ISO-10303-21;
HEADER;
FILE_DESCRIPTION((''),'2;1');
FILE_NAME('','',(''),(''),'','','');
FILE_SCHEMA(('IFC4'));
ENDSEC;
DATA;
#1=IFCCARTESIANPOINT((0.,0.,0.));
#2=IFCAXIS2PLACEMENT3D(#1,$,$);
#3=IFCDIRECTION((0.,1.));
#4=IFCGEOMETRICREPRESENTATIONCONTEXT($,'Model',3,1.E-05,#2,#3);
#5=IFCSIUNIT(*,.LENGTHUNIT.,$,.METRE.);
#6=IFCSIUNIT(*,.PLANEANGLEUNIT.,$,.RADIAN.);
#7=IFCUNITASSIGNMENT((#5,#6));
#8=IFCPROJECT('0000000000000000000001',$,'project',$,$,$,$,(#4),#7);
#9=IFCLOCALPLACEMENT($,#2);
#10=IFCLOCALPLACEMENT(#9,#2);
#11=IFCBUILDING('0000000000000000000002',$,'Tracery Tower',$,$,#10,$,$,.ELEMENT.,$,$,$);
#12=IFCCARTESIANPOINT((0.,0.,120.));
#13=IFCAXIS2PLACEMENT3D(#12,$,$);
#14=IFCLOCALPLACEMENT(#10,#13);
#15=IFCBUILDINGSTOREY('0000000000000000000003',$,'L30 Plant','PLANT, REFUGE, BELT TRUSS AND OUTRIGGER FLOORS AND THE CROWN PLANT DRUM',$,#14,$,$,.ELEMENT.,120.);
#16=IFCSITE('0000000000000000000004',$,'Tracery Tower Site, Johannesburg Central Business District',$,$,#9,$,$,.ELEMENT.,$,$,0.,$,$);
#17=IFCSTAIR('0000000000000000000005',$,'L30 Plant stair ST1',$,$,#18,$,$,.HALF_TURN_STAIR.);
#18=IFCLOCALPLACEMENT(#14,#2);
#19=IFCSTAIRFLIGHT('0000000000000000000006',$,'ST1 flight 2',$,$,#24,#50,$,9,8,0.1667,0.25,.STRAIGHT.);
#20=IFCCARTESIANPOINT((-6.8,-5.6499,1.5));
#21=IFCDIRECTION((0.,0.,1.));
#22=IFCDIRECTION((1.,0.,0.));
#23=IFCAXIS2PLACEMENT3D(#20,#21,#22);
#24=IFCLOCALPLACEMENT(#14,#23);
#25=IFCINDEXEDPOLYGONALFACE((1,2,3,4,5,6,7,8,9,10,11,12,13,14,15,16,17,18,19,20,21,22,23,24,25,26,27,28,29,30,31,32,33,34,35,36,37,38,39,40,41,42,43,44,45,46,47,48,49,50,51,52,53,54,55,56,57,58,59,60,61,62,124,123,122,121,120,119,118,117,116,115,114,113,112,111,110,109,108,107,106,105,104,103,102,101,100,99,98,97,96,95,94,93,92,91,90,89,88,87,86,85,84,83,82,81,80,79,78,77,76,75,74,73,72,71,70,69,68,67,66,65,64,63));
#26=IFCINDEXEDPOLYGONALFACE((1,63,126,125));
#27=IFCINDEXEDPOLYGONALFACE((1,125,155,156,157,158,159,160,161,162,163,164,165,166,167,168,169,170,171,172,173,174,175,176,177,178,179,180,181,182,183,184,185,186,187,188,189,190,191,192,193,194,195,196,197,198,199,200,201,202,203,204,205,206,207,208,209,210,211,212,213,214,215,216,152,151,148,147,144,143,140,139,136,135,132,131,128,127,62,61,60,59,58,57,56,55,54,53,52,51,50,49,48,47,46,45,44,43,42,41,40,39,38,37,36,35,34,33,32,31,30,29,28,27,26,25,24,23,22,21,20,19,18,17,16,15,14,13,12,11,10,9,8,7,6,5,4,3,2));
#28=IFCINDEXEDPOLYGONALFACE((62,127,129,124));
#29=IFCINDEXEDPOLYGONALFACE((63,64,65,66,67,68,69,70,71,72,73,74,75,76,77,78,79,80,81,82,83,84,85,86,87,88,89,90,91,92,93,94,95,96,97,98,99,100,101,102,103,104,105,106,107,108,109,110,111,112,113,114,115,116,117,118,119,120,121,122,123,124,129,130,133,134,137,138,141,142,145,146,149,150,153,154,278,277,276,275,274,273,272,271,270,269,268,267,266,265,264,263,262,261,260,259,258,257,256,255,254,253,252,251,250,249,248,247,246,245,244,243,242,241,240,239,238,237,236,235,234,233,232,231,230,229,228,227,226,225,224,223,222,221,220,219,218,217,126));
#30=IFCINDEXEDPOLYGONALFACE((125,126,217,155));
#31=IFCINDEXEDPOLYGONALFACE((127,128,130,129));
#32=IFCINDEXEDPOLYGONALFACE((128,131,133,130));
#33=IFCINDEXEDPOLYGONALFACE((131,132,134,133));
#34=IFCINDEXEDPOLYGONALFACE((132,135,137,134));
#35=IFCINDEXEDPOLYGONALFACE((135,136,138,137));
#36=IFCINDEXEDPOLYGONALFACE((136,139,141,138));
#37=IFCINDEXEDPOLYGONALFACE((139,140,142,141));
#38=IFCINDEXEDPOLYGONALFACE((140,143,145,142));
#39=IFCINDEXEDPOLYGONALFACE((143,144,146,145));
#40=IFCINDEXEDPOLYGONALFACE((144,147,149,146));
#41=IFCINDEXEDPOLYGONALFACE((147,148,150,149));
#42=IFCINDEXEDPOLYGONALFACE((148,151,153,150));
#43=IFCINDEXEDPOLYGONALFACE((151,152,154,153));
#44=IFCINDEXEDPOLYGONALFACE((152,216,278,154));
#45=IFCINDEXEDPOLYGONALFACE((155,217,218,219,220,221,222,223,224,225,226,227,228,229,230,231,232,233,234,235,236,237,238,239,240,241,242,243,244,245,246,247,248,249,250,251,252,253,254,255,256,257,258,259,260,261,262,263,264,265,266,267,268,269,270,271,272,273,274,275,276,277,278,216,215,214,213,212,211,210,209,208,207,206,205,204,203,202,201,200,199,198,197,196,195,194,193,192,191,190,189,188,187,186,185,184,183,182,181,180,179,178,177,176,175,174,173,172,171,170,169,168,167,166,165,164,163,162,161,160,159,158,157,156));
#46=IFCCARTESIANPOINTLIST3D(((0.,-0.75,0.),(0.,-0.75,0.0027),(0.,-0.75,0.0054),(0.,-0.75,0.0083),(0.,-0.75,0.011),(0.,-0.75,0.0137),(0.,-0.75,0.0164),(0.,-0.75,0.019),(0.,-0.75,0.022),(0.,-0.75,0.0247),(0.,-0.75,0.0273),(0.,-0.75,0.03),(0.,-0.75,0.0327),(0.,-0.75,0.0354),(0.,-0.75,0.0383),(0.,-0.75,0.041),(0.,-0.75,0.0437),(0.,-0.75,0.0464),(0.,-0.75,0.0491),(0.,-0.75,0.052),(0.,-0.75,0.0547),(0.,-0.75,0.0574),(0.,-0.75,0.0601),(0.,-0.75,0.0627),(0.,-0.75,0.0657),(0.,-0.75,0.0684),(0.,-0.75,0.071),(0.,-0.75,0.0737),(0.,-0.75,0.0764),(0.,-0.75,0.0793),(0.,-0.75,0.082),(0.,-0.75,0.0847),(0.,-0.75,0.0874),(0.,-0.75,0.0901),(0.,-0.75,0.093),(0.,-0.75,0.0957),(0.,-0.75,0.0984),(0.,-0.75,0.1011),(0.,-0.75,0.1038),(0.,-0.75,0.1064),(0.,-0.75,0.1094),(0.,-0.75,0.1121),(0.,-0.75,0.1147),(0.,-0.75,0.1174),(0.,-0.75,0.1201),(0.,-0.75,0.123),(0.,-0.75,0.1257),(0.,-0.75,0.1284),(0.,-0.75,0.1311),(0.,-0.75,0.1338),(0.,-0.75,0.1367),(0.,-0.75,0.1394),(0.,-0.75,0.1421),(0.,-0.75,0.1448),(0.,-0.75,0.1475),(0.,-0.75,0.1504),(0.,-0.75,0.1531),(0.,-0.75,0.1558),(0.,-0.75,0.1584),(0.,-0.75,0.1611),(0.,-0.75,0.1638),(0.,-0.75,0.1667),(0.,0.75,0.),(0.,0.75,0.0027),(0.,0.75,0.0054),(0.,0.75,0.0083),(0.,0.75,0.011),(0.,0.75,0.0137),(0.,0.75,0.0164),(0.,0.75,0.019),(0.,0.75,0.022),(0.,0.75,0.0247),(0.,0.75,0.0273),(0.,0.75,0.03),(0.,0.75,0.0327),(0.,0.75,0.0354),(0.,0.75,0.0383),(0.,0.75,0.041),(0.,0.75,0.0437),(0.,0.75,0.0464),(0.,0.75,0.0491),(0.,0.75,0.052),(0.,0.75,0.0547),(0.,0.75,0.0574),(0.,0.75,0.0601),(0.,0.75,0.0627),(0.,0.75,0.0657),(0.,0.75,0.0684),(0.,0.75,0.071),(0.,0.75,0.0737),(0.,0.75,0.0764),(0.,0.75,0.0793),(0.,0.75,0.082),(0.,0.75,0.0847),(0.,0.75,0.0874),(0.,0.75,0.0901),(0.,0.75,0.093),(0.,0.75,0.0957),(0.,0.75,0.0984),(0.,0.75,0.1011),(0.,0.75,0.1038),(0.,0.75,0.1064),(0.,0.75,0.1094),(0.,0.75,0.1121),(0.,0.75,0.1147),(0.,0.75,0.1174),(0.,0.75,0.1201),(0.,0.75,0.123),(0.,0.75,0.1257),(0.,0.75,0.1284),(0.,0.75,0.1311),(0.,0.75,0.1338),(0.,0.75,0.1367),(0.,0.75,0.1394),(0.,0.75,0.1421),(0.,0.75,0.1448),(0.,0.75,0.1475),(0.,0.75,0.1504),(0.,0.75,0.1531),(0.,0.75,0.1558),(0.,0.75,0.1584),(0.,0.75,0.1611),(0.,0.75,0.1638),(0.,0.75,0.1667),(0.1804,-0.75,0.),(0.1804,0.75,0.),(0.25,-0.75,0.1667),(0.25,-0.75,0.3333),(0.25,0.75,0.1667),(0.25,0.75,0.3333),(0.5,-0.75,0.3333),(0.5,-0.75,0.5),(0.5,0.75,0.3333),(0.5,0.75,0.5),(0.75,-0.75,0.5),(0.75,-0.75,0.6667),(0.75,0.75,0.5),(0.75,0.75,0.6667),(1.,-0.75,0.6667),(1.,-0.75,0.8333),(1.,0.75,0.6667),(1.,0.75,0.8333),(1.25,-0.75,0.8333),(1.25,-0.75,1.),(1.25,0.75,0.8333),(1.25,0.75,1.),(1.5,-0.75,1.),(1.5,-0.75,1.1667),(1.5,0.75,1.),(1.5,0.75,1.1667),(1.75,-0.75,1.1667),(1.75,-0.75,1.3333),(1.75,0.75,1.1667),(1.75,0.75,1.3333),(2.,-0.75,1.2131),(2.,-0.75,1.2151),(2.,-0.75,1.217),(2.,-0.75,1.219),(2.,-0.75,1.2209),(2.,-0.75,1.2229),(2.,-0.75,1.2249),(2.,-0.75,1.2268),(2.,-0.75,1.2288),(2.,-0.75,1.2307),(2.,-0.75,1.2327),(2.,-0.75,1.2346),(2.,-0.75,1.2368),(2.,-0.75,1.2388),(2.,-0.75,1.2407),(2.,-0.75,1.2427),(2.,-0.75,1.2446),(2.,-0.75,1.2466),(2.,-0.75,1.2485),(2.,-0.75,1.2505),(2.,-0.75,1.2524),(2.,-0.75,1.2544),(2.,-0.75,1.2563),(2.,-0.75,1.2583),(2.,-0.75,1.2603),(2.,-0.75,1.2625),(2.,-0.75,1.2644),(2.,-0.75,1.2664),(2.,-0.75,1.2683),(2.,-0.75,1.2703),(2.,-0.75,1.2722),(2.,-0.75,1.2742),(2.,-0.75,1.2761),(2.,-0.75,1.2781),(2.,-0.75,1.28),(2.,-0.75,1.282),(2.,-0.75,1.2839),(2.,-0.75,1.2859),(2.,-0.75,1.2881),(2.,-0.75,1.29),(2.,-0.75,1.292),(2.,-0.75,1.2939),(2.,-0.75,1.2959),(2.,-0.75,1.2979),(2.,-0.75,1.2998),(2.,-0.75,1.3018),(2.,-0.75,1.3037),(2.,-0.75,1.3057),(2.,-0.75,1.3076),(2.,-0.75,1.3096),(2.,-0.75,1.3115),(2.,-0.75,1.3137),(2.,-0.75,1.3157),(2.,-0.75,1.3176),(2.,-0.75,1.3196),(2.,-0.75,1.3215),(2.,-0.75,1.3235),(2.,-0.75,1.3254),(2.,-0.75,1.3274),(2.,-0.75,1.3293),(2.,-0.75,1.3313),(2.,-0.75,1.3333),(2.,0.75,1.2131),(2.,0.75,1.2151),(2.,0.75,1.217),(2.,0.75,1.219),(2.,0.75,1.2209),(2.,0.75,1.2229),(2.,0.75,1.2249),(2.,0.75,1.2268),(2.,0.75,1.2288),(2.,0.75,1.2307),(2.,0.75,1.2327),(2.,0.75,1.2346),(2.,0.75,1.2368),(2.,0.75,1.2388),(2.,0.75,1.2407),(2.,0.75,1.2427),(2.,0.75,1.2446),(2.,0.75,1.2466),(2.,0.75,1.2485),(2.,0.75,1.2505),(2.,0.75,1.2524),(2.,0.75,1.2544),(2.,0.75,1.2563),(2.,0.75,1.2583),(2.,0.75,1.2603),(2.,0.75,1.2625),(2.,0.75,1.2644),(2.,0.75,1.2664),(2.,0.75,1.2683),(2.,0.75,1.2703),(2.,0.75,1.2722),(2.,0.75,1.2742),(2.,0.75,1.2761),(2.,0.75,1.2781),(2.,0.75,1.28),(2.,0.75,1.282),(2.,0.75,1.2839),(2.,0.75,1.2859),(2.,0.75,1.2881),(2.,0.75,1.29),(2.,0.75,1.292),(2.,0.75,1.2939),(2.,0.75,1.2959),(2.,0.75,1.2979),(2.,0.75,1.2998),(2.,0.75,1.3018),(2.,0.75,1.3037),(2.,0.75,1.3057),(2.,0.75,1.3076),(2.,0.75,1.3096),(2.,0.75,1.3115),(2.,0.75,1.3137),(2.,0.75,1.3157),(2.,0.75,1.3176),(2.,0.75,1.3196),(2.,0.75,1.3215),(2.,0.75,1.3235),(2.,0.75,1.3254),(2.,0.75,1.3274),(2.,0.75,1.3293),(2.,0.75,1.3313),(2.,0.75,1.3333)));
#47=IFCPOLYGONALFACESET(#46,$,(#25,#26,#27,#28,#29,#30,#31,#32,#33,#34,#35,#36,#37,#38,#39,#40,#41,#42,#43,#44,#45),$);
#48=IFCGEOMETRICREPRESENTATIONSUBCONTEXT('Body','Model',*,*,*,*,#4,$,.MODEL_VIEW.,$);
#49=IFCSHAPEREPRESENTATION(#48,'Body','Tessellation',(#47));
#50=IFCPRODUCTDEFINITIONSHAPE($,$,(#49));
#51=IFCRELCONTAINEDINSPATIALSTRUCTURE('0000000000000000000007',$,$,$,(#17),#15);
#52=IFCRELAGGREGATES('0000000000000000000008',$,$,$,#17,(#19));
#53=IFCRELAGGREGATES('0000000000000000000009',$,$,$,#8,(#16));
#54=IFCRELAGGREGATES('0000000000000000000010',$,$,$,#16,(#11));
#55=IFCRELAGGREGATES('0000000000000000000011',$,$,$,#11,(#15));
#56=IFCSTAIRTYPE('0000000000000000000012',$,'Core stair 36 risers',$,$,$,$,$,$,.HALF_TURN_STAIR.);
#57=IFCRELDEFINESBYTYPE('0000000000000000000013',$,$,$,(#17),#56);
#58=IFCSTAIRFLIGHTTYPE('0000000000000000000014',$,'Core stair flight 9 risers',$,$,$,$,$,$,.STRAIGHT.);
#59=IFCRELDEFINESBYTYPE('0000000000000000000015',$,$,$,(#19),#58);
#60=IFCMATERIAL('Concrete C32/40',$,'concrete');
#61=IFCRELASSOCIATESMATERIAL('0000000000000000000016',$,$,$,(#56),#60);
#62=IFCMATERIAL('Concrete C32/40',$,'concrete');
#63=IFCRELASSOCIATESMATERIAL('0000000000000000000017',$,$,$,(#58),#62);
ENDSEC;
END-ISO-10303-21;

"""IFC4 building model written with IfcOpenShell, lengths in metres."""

from ifc_helpers import new_model, si_unit, direction, frame, origin, place, context, subcontext, project, spatial, polyline, outline, extrude, material, type_object, element, aggregate, save


model = new_model("IFC4")

# Units and contexts
model_context = context("Model", 3, precision=1e-05, world=origin(), true_north=direction((0.0, 1.0)))
body_context = subcontext(model_context, "Body", "Model", "MODEL_VIEW")
ifc_project = project(units=[si_unit("LENGTHUNIT", "METRE"), si_unit("PLANEANGLEUNIT", "RADIAN")], contexts=[model_context])

# Site, building, storey
site_placement = place(None, origin())
site = spatial("IfcSite", under=ifc_project, at=site_placement, Name="Tracery Tower Site, Johannesburg Central Business District", CompositionType="ELEMENT", RefElevation=0.0)
building_placement = place(site_placement, origin())
building = spatial("IfcBuilding", under=site, at=building_placement, Name="Tracery Tower", CompositionType="ELEMENT")
storey_placement = place(building_placement, frame((0.0, 0.0, 120.0)))
storey = spatial("IfcBuildingStorey", under=building, at=storey_placement, Name="L30 Plant", Description="PLANT, REFUGE, BELT TRUSS AND OUTRIGGER FLOORS AND THE CROWN PLANT DRUM", CompositionType="ELEMENT", Elevation=120.0)

# Stair, stair flight
ifc_material_1 = material(Name="Concrete C32/40", Category="concrete")
stair_type = type_object("IfcStairType", Name="Core stair 36 risers", PredefinedType="HALF_TURN_STAIR", material=ifc_material_1)
stair_placement = place(storey_placement, origin())
stair = element("IfcStair", 1, at=stair_placement, inside=storey, type_object=stair_type, Name="L30 Plant stair ST1", PredefinedType="HALF_TURN_STAIR")
ifc_material_2 = material(Name="Concrete C32/40", Category="concrete")
stair_flight_type = type_object("IfcStairFlightType", Name="Core stair flight 9 risers", PredefinedType="STRAIGHT", material=ifc_material_2)
stair_flight_1_placement = place(storey_placement, frame((-6.8, -5.6499, 1.5), z_axis=(0.0, 0.0, 1.0), x_axis=(1.0, 0.0, 0.0)))
stair_flight_1 = element("IfcStairFlight", 2, at=stair_flight_1_placement, type_object=stair_flight_type, Name="ST1 flight 2", NumberOfRisers=9, NumberOfTreads=8, PredefinedType="STRAIGHT", RiserHeight=0.1667, TreadLength=0.25, context=body_context, shape_type="SweptSolid", body=[
    extrude(outline(polyline([(0.0, 0.0), (0.0, 0.0027), (0.0, 0.0054), (0.0, 0.0083), (0.0, 0.011), (0.0, 0.0137), (0.0, 0.0164), (0.0, 0.019), (0.0, 0.022), (0.0, 0.0247), (0.0, 0.0273), (0.0, 0.03), (0.0, 0.0327), (0.0, 0.0354), (0.0, 0.0383), (0.0, 0.041), (0.0, 0.0437), (0.0, 0.0464), (0.0, 0.0491), (0.0, 0.052), (0.0, 0.0547), (0.0, 0.0574), (0.0, 0.0601), (0.0, 0.0627), (0.0, 0.0657), (0.0, 0.0684), (0.0, 0.071), (0.0, 0.0737), (0.0, 0.0764), (0.0, 0.0793), (0.0, 0.082), (0.0, 0.0847), (0.0, 0.0874), (0.0, 0.0901), (0.0, 0.093), (0.0, 0.0957), (0.0, 0.0984), (0.0, 0.1011), (0.0, 0.1038), (0.0, 0.1064), (0.0, 0.1094), (0.0, 0.1121), (0.0, 0.1147), (0.0, 0.1174), (0.0, 0.1201), (0.0, 0.123), (0.0, 0.1257), (0.0, 0.1284), (0.0, 0.1311), (0.0, 0.1338), (0.0, 0.1367), (0.0, 0.1394), (0.0, 0.1421), (0.0, 0.1448), (0.0, 0.1475), (0.0, 0.1504), (0.0, 0.1531), (0.0, 0.1558), (0.0, 0.1584), (0.0, 0.1611), (0.0, 0.1638), (0.0, 0.1667), (0.25, 0.1667), (0.25, 0.3333), (0.5, 0.3333), (0.5, 0.5), (0.75, 0.5), (0.75, 0.6667), (1.0, 0.6667), (1.0, 0.8333), (1.25, 0.8333), (1.25, 1.0), (1.5, 1.0), (1.5, 1.1667), (1.75, 1.1667), (1.75, 1.3333), (2.0, 1.3333), (2.0, 1.3313), (2.0, 1.3293), (2.0, 1.3274), (2.0, 1.3254), (2.0, 1.3235), (2.0, 1.3215), (2.0, 1.3196), (2.0, 1.3176), (2.0, 1.3157), (2.0, 1.3137), (2.0, 1.3115), (2.0, 1.3096), (2.0, 1.3076), (2.0, 1.3057), (2.0, 1.3037), (2.0, 1.3018), (2.0, 1.2998), (2.0, 1.2979), (2.0, 1.2959), (2.0, 1.2939), (2.0, 1.292), (2.0, 1.29), (2.0, 1.2881), (2.0, 1.2859), (2.0, 1.2839), (2.0, 1.282), (2.0, 1.28), (2.0, 1.2781), (2.0, 1.2761), (2.0, 1.2742), (2.0, 1.2722), (2.0, 1.2703), (2.0, 1.2683), (2.0, 1.2664), (2.0, 1.2644), (2.0, 1.2625), (2.0, 1.2603), (2.0, 1.2583), (2.0, 1.2563), (2.0, 1.2544), (2.0, 1.2524), (2.0, 1.2505), (2.0, 1.2485), (2.0, 1.2466), (2.0, 1.2446), (2.0, 1.2427), (2.0, 1.2407), (2.0, 1.2388), (2.0, 1.2368), (2.0, 1.2346), (2.0, 1.2327), (2.0, 1.2307), (2.0, 1.2288), (2.0, 1.2268), (2.0, 1.2249), (2.0, 1.2229), (2.0, 1.2209), (2.0, 1.219), (2.0, 1.217), (2.0, 1.2151), (2.0, 1.2131), (0.1804, 0.0), (0.0, 0.0)])), frame((0.0, 0.75, 0.0), z_axis=(0.0, -1.0, 0.0), x_axis=(1.0, 0.0, 0.0)), (0.0, 0.0, 1.0), 1.5),
])
aggregate(stair, [stair_flight_1])

save(model, "model.ifc")
